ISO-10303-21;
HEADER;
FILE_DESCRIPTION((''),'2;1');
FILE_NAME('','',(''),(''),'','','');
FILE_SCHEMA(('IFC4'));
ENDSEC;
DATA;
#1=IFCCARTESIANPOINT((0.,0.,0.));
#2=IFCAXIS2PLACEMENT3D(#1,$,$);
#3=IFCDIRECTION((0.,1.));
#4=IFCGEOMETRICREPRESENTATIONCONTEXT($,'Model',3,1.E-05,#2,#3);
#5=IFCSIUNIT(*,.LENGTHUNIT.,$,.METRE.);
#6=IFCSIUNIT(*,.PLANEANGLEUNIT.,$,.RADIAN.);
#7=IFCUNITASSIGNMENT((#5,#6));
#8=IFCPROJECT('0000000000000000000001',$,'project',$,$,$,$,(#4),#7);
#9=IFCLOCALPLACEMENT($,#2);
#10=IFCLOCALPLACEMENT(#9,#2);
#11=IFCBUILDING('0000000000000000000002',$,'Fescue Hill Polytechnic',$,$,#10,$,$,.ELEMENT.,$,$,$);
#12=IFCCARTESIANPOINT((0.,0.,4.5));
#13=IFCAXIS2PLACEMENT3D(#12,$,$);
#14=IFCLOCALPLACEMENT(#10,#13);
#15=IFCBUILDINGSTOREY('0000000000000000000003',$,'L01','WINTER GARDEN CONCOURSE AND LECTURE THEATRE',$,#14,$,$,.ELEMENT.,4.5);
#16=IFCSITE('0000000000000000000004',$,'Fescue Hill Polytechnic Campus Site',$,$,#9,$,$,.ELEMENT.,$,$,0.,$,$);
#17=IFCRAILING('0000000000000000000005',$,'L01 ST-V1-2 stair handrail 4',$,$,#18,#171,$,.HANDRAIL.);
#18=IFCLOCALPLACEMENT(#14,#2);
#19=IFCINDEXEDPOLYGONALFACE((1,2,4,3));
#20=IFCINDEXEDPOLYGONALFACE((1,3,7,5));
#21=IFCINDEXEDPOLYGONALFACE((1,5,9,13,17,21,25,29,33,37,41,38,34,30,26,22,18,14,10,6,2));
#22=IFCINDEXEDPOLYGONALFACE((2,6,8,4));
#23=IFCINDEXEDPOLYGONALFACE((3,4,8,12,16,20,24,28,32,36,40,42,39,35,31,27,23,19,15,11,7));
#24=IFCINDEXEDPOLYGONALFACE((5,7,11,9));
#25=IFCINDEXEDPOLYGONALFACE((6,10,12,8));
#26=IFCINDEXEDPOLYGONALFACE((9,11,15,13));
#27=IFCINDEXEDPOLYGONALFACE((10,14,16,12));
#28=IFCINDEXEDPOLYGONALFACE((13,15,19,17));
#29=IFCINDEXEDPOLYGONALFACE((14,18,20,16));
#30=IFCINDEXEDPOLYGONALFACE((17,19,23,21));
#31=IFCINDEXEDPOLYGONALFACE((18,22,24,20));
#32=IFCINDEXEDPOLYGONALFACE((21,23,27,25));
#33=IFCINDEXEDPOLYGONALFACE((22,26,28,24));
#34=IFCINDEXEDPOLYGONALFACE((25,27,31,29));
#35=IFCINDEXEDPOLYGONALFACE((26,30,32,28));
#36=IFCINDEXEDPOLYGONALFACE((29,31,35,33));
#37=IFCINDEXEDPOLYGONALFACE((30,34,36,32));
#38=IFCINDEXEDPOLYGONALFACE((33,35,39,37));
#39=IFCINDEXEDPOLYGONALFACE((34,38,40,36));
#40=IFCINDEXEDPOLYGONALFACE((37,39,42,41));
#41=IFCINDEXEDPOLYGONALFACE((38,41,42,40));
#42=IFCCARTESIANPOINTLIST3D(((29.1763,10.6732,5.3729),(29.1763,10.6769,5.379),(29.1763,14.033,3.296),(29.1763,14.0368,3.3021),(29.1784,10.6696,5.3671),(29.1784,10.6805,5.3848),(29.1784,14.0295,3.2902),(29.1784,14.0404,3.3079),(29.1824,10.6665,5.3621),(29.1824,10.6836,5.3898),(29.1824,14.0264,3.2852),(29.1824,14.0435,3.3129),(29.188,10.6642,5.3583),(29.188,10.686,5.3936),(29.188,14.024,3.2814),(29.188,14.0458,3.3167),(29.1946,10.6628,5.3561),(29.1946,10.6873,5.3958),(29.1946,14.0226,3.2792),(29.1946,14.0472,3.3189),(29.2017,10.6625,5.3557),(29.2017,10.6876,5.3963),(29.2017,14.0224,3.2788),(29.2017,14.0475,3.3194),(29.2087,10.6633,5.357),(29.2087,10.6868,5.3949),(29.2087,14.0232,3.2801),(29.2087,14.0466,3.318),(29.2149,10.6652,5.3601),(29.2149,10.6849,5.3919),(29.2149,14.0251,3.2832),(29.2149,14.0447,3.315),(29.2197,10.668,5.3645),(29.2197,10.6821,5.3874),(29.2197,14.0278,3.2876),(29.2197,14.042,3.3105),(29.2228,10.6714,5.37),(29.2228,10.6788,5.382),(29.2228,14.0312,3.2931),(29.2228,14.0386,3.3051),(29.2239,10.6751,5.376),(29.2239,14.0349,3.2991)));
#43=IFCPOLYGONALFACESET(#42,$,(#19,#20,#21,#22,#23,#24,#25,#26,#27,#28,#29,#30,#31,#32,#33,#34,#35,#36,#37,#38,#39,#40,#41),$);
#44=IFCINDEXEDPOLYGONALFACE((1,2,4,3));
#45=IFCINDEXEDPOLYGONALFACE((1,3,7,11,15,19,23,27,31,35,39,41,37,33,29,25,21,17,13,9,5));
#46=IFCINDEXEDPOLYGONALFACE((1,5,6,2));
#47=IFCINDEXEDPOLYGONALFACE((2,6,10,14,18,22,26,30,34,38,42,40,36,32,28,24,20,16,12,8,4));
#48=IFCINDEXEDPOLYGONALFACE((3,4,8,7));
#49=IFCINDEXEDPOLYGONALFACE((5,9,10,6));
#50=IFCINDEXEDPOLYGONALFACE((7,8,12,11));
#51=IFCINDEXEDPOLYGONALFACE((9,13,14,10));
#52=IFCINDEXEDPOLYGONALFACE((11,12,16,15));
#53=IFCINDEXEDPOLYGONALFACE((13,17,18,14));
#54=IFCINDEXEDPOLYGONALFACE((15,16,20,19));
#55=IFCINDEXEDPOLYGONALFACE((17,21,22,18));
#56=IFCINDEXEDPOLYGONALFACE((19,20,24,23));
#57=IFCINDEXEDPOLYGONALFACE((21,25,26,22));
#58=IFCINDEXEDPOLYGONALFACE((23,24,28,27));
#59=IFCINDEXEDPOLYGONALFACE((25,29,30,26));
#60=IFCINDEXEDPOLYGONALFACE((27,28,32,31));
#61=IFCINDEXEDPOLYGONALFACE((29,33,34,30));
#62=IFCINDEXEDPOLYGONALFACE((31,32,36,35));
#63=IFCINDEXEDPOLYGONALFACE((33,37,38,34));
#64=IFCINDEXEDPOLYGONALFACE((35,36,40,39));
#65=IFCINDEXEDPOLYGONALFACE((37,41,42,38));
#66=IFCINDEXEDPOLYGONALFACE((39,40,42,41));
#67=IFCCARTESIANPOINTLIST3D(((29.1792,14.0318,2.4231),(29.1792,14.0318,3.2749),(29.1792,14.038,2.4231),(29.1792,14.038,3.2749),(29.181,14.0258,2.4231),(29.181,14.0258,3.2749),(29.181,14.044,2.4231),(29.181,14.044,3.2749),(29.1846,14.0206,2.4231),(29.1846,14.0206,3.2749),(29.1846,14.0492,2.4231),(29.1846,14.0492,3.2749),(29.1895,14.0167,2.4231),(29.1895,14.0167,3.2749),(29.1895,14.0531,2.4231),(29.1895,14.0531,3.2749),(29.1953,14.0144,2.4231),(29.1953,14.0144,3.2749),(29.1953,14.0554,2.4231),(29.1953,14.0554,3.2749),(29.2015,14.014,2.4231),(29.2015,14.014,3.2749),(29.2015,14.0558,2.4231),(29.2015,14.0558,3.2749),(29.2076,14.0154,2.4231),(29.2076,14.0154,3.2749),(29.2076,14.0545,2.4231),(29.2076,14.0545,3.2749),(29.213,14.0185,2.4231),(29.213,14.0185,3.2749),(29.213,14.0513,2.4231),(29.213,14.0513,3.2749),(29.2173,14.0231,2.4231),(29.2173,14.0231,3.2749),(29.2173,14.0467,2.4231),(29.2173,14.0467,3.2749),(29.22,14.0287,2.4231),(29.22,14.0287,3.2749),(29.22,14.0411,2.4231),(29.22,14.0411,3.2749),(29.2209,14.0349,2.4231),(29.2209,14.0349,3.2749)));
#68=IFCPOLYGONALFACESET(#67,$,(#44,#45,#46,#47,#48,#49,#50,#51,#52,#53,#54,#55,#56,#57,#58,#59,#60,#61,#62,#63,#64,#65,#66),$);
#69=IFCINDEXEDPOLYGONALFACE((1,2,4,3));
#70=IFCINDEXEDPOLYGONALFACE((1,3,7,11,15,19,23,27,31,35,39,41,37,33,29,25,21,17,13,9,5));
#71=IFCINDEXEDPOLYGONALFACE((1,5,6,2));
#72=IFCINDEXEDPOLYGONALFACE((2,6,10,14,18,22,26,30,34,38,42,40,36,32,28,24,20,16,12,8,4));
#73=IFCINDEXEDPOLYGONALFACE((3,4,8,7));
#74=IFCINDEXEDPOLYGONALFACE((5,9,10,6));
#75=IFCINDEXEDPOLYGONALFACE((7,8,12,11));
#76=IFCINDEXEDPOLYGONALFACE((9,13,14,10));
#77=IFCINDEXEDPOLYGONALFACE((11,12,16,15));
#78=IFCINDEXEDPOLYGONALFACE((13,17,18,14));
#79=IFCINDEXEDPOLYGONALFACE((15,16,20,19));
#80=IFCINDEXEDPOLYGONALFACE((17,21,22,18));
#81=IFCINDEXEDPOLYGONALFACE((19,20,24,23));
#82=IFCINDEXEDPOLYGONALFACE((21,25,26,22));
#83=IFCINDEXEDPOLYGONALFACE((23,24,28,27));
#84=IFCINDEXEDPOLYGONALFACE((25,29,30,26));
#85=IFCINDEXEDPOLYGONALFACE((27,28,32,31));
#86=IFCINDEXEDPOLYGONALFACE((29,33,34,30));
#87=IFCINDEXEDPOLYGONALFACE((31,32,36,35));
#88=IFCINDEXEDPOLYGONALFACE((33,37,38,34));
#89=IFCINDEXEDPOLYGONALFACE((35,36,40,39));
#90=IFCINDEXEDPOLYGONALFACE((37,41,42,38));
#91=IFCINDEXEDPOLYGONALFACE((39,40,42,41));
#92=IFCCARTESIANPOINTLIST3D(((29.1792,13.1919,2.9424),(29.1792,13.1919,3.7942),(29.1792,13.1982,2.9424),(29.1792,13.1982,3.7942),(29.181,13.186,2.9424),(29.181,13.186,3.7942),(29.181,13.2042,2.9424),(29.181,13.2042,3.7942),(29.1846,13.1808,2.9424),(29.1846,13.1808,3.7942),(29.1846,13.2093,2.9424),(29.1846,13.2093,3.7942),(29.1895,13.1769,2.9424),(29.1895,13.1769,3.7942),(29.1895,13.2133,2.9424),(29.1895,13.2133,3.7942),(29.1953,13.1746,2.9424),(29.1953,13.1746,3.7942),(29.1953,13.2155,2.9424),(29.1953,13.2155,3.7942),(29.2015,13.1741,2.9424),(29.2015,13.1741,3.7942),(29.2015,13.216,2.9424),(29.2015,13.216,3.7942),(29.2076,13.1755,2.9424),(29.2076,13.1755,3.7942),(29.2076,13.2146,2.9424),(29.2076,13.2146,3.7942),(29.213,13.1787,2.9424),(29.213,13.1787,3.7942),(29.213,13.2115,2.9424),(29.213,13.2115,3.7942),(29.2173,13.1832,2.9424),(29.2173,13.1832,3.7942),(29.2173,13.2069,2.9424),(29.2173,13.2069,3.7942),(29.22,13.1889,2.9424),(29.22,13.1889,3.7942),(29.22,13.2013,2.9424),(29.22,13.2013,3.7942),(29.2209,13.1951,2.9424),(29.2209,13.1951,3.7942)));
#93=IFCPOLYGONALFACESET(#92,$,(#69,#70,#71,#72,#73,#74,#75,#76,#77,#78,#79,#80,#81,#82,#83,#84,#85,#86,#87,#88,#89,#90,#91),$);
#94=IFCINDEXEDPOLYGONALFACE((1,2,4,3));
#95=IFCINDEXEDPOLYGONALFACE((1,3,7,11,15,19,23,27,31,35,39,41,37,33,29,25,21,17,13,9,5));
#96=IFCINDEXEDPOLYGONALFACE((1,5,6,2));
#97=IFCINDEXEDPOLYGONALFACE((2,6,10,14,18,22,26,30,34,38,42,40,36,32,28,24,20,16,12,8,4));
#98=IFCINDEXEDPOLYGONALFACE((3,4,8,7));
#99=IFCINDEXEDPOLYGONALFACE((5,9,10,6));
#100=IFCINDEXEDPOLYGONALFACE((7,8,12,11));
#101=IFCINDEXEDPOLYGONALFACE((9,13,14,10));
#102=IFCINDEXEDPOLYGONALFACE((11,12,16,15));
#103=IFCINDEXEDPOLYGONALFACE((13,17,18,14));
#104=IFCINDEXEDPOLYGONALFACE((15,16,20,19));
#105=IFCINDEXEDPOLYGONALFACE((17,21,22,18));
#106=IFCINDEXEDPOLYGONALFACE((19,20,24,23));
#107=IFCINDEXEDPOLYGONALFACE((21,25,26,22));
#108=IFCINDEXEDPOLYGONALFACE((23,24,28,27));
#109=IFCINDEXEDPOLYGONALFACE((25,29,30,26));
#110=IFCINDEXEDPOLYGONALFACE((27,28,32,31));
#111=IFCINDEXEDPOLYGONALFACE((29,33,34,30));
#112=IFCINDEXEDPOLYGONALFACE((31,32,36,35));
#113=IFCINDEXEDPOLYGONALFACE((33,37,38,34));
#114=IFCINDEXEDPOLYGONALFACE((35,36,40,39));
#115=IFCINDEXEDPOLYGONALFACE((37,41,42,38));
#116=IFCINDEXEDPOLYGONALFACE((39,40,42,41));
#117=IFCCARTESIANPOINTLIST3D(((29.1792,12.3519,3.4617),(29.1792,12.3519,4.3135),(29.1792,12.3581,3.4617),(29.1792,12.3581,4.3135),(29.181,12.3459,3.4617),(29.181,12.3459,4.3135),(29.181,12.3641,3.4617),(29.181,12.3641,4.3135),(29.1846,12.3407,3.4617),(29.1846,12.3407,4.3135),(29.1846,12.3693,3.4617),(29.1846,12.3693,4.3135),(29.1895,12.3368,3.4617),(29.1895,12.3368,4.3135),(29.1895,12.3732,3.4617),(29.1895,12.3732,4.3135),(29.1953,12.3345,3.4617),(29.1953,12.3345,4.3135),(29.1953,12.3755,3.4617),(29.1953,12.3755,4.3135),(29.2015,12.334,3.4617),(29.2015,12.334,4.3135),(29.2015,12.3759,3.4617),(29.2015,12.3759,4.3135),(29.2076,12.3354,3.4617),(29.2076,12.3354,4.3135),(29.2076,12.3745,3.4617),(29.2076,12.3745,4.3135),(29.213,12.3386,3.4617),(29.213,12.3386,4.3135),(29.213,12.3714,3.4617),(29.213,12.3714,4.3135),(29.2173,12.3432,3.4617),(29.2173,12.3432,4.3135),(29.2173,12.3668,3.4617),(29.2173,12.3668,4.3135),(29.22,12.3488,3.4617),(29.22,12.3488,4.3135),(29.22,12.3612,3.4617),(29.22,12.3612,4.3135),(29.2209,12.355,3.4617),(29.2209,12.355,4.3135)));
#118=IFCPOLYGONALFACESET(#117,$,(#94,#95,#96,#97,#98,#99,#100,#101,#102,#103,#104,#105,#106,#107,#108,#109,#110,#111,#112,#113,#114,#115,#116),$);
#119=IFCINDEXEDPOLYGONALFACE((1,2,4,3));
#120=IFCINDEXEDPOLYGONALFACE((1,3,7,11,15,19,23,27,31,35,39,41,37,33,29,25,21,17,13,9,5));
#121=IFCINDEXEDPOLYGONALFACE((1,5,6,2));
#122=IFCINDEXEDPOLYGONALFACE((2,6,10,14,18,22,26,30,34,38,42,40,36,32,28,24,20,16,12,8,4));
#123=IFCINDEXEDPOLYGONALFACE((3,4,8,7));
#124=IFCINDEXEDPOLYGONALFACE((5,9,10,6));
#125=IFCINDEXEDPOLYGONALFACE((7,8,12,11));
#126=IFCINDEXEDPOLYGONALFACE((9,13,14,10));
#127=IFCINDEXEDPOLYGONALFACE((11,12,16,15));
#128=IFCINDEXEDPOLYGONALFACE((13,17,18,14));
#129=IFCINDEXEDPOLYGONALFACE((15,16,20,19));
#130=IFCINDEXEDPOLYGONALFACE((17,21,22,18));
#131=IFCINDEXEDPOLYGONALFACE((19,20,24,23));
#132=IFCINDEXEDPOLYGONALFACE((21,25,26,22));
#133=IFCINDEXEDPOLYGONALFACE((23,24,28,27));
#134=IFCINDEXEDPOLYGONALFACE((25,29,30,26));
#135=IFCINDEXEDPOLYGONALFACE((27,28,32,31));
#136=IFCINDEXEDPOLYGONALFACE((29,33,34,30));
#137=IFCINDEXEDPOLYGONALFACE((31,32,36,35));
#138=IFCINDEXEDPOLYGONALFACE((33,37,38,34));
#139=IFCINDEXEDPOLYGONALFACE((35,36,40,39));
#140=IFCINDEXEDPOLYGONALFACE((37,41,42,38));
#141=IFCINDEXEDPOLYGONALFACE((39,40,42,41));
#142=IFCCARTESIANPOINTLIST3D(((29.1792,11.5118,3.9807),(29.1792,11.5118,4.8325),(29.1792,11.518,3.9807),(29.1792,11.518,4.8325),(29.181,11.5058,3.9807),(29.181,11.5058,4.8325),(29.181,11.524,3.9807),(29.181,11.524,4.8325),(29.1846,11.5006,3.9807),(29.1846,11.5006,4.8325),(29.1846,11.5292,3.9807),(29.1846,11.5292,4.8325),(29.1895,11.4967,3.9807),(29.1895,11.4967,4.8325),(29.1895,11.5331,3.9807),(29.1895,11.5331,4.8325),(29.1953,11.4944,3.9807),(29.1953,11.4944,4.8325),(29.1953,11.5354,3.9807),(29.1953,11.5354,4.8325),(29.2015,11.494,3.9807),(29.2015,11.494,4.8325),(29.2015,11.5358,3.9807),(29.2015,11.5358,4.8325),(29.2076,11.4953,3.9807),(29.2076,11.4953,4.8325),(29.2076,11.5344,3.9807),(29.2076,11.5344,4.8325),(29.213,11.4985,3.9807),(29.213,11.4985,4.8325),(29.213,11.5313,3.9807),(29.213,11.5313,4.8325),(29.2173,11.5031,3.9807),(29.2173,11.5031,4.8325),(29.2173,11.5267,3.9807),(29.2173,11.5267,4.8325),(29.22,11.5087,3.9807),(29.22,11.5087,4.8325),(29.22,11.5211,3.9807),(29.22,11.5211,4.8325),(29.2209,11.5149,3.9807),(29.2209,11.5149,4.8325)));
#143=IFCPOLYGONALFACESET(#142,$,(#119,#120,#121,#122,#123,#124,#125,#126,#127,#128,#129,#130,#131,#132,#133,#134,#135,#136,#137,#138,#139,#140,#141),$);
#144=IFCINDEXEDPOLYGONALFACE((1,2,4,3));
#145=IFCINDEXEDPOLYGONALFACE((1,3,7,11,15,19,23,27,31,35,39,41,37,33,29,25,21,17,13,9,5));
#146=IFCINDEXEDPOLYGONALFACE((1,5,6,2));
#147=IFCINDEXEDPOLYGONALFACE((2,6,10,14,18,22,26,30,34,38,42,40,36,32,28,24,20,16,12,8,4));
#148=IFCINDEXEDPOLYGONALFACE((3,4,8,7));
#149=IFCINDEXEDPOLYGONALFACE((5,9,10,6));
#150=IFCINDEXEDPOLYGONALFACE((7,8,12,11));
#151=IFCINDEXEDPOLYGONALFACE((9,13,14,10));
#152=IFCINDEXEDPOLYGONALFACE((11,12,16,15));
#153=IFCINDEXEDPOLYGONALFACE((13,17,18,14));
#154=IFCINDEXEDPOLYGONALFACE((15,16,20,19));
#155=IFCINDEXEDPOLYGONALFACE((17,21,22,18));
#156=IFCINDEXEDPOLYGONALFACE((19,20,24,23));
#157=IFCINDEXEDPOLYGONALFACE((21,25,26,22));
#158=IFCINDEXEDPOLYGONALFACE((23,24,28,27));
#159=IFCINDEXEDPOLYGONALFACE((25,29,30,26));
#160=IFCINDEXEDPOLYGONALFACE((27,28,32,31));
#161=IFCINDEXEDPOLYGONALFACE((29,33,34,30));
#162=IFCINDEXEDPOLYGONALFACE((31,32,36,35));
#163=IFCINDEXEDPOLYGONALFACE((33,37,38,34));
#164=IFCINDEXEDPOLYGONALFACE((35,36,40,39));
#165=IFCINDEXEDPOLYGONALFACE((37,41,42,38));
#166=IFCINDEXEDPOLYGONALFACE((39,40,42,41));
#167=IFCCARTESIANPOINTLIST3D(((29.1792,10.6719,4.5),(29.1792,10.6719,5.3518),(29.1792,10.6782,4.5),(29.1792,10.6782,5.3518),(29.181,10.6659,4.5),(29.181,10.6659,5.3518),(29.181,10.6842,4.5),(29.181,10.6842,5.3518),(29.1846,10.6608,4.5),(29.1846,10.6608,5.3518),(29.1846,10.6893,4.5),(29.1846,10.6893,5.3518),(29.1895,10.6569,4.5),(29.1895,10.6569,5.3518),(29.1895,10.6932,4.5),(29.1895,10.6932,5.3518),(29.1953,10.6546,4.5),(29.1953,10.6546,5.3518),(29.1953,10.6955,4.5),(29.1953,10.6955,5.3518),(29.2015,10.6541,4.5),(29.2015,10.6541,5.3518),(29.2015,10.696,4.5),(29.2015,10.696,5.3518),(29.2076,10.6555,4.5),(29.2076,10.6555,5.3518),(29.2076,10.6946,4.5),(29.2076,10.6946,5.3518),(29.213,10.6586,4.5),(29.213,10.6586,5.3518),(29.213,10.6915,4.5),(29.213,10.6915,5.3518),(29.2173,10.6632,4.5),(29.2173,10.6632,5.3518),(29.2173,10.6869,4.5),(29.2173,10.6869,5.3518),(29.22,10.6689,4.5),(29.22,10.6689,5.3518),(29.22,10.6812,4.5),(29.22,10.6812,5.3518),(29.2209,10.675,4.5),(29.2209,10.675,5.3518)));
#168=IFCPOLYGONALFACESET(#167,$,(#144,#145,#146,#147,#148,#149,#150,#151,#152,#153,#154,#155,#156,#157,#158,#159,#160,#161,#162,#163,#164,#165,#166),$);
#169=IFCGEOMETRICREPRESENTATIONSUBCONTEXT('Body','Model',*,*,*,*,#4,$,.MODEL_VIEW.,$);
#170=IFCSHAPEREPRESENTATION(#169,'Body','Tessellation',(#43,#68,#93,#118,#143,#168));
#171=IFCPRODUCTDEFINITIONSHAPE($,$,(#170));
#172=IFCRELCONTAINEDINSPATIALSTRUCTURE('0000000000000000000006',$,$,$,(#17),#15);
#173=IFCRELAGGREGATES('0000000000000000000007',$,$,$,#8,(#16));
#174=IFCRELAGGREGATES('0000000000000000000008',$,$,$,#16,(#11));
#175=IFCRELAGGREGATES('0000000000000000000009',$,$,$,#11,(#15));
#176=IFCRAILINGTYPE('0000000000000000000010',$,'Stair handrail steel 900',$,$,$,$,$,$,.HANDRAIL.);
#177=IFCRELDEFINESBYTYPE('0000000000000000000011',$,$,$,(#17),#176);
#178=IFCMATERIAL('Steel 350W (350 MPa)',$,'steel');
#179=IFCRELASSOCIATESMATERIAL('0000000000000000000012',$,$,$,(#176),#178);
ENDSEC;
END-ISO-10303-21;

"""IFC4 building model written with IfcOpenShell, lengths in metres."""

from ifc_helpers import new_model, si_unit, direction, frame, origin, origin_2d, place, context, subcontext, project, spatial, circle, extrude, material, type_object, element, save


model = new_model("IFC4")

# Units and contexts
model_context = context("Model", 3, precision=1e-05, world=origin(), true_north=direction((0.0, 1.0)))
body_context = subcontext(model_context, "Body", "Model", "MODEL_VIEW")
ifc_project = project(units=[si_unit("LENGTHUNIT", "METRE"), si_unit("PLANEANGLEUNIT", "RADIAN")], contexts=[model_context])

# Site, building, storey
site_placement = place(None, origin())
site = spatial("IfcSite", under=ifc_project, at=site_placement, Name="Fescue Hill Polytechnic Campus Site", CompositionType="ELEMENT", RefElevation=0.0)
building_placement = place(site_placement, origin())
building = spatial("IfcBuilding", under=site, at=building_placement, Name="Fescue Hill Polytechnic", CompositionType="ELEMENT")
storey_placement = place(building_placement, frame((0.0, 0.0, 4.5)))
storey = spatial("IfcBuildingStorey", under=building, at=storey_placement, Name="L01", Description="WINTER GARDEN CONCOURSE AND LECTURE THEATRE", CompositionType="ELEMENT", Elevation=4.5)

# Shared definitions
ifc_material_1 = material(Name="Steel 350W (350 MPa)", Category="steel")

# Railing
railing_type_1 = type_object("IfcRailingType", Name="Stair handrail steel 900", PredefinedType="HANDRAIL", material=ifc_material_1)
railing_1_placement = place(storey_placement, frame((29.2, 14.0349, 2.4231)))
element("IfcRailing", 1, at=railing_1_placement, inside=storey, type_object=railing_type_1, Name="L01 ST-V1-2 stair handrail 4", PredefinedType="HANDRAIL", context=body_context, shape_type="SweptSolid", body=[
    extrude(circle(Radius=0.0239, at=origin_2d()), frame((0.0, 0.0, 0.876), z_axis=(0.0, -0.850606, 0.525803), x_axis=(1.0, 0.0, 0.0)), (0.0, 0.0, 1.0), 3.95),
    extrude(circle(Radius=0.021, at=origin_2d()), origin(), (0.0, 0.0, 1.0), 0.8518),
    extrude(circle(Radius=0.021, at=origin_2d()), frame((0.0, -0.8398, 0.5193)), (0.0, 0.0, 1.0), 0.8518),
    extrude(circle(Radius=0.021, at=origin_2d()), frame((0.0, -1.6799, 1.0386)), (0.0, 0.0, 1.0), 0.8518),
    extrude(circle(Radius=0.021, at=origin_2d()), frame((0.0, -2.52, 1.5576)), (0.0, 0.0, 1.0), 0.8518),
    extrude(circle(Radius=0.021, at=origin_2d()), frame((0.0, -3.3599, 2.0769)), (0.0, 0.0, 1.0), 0.8518),
])

save(model, "model.ifc")
